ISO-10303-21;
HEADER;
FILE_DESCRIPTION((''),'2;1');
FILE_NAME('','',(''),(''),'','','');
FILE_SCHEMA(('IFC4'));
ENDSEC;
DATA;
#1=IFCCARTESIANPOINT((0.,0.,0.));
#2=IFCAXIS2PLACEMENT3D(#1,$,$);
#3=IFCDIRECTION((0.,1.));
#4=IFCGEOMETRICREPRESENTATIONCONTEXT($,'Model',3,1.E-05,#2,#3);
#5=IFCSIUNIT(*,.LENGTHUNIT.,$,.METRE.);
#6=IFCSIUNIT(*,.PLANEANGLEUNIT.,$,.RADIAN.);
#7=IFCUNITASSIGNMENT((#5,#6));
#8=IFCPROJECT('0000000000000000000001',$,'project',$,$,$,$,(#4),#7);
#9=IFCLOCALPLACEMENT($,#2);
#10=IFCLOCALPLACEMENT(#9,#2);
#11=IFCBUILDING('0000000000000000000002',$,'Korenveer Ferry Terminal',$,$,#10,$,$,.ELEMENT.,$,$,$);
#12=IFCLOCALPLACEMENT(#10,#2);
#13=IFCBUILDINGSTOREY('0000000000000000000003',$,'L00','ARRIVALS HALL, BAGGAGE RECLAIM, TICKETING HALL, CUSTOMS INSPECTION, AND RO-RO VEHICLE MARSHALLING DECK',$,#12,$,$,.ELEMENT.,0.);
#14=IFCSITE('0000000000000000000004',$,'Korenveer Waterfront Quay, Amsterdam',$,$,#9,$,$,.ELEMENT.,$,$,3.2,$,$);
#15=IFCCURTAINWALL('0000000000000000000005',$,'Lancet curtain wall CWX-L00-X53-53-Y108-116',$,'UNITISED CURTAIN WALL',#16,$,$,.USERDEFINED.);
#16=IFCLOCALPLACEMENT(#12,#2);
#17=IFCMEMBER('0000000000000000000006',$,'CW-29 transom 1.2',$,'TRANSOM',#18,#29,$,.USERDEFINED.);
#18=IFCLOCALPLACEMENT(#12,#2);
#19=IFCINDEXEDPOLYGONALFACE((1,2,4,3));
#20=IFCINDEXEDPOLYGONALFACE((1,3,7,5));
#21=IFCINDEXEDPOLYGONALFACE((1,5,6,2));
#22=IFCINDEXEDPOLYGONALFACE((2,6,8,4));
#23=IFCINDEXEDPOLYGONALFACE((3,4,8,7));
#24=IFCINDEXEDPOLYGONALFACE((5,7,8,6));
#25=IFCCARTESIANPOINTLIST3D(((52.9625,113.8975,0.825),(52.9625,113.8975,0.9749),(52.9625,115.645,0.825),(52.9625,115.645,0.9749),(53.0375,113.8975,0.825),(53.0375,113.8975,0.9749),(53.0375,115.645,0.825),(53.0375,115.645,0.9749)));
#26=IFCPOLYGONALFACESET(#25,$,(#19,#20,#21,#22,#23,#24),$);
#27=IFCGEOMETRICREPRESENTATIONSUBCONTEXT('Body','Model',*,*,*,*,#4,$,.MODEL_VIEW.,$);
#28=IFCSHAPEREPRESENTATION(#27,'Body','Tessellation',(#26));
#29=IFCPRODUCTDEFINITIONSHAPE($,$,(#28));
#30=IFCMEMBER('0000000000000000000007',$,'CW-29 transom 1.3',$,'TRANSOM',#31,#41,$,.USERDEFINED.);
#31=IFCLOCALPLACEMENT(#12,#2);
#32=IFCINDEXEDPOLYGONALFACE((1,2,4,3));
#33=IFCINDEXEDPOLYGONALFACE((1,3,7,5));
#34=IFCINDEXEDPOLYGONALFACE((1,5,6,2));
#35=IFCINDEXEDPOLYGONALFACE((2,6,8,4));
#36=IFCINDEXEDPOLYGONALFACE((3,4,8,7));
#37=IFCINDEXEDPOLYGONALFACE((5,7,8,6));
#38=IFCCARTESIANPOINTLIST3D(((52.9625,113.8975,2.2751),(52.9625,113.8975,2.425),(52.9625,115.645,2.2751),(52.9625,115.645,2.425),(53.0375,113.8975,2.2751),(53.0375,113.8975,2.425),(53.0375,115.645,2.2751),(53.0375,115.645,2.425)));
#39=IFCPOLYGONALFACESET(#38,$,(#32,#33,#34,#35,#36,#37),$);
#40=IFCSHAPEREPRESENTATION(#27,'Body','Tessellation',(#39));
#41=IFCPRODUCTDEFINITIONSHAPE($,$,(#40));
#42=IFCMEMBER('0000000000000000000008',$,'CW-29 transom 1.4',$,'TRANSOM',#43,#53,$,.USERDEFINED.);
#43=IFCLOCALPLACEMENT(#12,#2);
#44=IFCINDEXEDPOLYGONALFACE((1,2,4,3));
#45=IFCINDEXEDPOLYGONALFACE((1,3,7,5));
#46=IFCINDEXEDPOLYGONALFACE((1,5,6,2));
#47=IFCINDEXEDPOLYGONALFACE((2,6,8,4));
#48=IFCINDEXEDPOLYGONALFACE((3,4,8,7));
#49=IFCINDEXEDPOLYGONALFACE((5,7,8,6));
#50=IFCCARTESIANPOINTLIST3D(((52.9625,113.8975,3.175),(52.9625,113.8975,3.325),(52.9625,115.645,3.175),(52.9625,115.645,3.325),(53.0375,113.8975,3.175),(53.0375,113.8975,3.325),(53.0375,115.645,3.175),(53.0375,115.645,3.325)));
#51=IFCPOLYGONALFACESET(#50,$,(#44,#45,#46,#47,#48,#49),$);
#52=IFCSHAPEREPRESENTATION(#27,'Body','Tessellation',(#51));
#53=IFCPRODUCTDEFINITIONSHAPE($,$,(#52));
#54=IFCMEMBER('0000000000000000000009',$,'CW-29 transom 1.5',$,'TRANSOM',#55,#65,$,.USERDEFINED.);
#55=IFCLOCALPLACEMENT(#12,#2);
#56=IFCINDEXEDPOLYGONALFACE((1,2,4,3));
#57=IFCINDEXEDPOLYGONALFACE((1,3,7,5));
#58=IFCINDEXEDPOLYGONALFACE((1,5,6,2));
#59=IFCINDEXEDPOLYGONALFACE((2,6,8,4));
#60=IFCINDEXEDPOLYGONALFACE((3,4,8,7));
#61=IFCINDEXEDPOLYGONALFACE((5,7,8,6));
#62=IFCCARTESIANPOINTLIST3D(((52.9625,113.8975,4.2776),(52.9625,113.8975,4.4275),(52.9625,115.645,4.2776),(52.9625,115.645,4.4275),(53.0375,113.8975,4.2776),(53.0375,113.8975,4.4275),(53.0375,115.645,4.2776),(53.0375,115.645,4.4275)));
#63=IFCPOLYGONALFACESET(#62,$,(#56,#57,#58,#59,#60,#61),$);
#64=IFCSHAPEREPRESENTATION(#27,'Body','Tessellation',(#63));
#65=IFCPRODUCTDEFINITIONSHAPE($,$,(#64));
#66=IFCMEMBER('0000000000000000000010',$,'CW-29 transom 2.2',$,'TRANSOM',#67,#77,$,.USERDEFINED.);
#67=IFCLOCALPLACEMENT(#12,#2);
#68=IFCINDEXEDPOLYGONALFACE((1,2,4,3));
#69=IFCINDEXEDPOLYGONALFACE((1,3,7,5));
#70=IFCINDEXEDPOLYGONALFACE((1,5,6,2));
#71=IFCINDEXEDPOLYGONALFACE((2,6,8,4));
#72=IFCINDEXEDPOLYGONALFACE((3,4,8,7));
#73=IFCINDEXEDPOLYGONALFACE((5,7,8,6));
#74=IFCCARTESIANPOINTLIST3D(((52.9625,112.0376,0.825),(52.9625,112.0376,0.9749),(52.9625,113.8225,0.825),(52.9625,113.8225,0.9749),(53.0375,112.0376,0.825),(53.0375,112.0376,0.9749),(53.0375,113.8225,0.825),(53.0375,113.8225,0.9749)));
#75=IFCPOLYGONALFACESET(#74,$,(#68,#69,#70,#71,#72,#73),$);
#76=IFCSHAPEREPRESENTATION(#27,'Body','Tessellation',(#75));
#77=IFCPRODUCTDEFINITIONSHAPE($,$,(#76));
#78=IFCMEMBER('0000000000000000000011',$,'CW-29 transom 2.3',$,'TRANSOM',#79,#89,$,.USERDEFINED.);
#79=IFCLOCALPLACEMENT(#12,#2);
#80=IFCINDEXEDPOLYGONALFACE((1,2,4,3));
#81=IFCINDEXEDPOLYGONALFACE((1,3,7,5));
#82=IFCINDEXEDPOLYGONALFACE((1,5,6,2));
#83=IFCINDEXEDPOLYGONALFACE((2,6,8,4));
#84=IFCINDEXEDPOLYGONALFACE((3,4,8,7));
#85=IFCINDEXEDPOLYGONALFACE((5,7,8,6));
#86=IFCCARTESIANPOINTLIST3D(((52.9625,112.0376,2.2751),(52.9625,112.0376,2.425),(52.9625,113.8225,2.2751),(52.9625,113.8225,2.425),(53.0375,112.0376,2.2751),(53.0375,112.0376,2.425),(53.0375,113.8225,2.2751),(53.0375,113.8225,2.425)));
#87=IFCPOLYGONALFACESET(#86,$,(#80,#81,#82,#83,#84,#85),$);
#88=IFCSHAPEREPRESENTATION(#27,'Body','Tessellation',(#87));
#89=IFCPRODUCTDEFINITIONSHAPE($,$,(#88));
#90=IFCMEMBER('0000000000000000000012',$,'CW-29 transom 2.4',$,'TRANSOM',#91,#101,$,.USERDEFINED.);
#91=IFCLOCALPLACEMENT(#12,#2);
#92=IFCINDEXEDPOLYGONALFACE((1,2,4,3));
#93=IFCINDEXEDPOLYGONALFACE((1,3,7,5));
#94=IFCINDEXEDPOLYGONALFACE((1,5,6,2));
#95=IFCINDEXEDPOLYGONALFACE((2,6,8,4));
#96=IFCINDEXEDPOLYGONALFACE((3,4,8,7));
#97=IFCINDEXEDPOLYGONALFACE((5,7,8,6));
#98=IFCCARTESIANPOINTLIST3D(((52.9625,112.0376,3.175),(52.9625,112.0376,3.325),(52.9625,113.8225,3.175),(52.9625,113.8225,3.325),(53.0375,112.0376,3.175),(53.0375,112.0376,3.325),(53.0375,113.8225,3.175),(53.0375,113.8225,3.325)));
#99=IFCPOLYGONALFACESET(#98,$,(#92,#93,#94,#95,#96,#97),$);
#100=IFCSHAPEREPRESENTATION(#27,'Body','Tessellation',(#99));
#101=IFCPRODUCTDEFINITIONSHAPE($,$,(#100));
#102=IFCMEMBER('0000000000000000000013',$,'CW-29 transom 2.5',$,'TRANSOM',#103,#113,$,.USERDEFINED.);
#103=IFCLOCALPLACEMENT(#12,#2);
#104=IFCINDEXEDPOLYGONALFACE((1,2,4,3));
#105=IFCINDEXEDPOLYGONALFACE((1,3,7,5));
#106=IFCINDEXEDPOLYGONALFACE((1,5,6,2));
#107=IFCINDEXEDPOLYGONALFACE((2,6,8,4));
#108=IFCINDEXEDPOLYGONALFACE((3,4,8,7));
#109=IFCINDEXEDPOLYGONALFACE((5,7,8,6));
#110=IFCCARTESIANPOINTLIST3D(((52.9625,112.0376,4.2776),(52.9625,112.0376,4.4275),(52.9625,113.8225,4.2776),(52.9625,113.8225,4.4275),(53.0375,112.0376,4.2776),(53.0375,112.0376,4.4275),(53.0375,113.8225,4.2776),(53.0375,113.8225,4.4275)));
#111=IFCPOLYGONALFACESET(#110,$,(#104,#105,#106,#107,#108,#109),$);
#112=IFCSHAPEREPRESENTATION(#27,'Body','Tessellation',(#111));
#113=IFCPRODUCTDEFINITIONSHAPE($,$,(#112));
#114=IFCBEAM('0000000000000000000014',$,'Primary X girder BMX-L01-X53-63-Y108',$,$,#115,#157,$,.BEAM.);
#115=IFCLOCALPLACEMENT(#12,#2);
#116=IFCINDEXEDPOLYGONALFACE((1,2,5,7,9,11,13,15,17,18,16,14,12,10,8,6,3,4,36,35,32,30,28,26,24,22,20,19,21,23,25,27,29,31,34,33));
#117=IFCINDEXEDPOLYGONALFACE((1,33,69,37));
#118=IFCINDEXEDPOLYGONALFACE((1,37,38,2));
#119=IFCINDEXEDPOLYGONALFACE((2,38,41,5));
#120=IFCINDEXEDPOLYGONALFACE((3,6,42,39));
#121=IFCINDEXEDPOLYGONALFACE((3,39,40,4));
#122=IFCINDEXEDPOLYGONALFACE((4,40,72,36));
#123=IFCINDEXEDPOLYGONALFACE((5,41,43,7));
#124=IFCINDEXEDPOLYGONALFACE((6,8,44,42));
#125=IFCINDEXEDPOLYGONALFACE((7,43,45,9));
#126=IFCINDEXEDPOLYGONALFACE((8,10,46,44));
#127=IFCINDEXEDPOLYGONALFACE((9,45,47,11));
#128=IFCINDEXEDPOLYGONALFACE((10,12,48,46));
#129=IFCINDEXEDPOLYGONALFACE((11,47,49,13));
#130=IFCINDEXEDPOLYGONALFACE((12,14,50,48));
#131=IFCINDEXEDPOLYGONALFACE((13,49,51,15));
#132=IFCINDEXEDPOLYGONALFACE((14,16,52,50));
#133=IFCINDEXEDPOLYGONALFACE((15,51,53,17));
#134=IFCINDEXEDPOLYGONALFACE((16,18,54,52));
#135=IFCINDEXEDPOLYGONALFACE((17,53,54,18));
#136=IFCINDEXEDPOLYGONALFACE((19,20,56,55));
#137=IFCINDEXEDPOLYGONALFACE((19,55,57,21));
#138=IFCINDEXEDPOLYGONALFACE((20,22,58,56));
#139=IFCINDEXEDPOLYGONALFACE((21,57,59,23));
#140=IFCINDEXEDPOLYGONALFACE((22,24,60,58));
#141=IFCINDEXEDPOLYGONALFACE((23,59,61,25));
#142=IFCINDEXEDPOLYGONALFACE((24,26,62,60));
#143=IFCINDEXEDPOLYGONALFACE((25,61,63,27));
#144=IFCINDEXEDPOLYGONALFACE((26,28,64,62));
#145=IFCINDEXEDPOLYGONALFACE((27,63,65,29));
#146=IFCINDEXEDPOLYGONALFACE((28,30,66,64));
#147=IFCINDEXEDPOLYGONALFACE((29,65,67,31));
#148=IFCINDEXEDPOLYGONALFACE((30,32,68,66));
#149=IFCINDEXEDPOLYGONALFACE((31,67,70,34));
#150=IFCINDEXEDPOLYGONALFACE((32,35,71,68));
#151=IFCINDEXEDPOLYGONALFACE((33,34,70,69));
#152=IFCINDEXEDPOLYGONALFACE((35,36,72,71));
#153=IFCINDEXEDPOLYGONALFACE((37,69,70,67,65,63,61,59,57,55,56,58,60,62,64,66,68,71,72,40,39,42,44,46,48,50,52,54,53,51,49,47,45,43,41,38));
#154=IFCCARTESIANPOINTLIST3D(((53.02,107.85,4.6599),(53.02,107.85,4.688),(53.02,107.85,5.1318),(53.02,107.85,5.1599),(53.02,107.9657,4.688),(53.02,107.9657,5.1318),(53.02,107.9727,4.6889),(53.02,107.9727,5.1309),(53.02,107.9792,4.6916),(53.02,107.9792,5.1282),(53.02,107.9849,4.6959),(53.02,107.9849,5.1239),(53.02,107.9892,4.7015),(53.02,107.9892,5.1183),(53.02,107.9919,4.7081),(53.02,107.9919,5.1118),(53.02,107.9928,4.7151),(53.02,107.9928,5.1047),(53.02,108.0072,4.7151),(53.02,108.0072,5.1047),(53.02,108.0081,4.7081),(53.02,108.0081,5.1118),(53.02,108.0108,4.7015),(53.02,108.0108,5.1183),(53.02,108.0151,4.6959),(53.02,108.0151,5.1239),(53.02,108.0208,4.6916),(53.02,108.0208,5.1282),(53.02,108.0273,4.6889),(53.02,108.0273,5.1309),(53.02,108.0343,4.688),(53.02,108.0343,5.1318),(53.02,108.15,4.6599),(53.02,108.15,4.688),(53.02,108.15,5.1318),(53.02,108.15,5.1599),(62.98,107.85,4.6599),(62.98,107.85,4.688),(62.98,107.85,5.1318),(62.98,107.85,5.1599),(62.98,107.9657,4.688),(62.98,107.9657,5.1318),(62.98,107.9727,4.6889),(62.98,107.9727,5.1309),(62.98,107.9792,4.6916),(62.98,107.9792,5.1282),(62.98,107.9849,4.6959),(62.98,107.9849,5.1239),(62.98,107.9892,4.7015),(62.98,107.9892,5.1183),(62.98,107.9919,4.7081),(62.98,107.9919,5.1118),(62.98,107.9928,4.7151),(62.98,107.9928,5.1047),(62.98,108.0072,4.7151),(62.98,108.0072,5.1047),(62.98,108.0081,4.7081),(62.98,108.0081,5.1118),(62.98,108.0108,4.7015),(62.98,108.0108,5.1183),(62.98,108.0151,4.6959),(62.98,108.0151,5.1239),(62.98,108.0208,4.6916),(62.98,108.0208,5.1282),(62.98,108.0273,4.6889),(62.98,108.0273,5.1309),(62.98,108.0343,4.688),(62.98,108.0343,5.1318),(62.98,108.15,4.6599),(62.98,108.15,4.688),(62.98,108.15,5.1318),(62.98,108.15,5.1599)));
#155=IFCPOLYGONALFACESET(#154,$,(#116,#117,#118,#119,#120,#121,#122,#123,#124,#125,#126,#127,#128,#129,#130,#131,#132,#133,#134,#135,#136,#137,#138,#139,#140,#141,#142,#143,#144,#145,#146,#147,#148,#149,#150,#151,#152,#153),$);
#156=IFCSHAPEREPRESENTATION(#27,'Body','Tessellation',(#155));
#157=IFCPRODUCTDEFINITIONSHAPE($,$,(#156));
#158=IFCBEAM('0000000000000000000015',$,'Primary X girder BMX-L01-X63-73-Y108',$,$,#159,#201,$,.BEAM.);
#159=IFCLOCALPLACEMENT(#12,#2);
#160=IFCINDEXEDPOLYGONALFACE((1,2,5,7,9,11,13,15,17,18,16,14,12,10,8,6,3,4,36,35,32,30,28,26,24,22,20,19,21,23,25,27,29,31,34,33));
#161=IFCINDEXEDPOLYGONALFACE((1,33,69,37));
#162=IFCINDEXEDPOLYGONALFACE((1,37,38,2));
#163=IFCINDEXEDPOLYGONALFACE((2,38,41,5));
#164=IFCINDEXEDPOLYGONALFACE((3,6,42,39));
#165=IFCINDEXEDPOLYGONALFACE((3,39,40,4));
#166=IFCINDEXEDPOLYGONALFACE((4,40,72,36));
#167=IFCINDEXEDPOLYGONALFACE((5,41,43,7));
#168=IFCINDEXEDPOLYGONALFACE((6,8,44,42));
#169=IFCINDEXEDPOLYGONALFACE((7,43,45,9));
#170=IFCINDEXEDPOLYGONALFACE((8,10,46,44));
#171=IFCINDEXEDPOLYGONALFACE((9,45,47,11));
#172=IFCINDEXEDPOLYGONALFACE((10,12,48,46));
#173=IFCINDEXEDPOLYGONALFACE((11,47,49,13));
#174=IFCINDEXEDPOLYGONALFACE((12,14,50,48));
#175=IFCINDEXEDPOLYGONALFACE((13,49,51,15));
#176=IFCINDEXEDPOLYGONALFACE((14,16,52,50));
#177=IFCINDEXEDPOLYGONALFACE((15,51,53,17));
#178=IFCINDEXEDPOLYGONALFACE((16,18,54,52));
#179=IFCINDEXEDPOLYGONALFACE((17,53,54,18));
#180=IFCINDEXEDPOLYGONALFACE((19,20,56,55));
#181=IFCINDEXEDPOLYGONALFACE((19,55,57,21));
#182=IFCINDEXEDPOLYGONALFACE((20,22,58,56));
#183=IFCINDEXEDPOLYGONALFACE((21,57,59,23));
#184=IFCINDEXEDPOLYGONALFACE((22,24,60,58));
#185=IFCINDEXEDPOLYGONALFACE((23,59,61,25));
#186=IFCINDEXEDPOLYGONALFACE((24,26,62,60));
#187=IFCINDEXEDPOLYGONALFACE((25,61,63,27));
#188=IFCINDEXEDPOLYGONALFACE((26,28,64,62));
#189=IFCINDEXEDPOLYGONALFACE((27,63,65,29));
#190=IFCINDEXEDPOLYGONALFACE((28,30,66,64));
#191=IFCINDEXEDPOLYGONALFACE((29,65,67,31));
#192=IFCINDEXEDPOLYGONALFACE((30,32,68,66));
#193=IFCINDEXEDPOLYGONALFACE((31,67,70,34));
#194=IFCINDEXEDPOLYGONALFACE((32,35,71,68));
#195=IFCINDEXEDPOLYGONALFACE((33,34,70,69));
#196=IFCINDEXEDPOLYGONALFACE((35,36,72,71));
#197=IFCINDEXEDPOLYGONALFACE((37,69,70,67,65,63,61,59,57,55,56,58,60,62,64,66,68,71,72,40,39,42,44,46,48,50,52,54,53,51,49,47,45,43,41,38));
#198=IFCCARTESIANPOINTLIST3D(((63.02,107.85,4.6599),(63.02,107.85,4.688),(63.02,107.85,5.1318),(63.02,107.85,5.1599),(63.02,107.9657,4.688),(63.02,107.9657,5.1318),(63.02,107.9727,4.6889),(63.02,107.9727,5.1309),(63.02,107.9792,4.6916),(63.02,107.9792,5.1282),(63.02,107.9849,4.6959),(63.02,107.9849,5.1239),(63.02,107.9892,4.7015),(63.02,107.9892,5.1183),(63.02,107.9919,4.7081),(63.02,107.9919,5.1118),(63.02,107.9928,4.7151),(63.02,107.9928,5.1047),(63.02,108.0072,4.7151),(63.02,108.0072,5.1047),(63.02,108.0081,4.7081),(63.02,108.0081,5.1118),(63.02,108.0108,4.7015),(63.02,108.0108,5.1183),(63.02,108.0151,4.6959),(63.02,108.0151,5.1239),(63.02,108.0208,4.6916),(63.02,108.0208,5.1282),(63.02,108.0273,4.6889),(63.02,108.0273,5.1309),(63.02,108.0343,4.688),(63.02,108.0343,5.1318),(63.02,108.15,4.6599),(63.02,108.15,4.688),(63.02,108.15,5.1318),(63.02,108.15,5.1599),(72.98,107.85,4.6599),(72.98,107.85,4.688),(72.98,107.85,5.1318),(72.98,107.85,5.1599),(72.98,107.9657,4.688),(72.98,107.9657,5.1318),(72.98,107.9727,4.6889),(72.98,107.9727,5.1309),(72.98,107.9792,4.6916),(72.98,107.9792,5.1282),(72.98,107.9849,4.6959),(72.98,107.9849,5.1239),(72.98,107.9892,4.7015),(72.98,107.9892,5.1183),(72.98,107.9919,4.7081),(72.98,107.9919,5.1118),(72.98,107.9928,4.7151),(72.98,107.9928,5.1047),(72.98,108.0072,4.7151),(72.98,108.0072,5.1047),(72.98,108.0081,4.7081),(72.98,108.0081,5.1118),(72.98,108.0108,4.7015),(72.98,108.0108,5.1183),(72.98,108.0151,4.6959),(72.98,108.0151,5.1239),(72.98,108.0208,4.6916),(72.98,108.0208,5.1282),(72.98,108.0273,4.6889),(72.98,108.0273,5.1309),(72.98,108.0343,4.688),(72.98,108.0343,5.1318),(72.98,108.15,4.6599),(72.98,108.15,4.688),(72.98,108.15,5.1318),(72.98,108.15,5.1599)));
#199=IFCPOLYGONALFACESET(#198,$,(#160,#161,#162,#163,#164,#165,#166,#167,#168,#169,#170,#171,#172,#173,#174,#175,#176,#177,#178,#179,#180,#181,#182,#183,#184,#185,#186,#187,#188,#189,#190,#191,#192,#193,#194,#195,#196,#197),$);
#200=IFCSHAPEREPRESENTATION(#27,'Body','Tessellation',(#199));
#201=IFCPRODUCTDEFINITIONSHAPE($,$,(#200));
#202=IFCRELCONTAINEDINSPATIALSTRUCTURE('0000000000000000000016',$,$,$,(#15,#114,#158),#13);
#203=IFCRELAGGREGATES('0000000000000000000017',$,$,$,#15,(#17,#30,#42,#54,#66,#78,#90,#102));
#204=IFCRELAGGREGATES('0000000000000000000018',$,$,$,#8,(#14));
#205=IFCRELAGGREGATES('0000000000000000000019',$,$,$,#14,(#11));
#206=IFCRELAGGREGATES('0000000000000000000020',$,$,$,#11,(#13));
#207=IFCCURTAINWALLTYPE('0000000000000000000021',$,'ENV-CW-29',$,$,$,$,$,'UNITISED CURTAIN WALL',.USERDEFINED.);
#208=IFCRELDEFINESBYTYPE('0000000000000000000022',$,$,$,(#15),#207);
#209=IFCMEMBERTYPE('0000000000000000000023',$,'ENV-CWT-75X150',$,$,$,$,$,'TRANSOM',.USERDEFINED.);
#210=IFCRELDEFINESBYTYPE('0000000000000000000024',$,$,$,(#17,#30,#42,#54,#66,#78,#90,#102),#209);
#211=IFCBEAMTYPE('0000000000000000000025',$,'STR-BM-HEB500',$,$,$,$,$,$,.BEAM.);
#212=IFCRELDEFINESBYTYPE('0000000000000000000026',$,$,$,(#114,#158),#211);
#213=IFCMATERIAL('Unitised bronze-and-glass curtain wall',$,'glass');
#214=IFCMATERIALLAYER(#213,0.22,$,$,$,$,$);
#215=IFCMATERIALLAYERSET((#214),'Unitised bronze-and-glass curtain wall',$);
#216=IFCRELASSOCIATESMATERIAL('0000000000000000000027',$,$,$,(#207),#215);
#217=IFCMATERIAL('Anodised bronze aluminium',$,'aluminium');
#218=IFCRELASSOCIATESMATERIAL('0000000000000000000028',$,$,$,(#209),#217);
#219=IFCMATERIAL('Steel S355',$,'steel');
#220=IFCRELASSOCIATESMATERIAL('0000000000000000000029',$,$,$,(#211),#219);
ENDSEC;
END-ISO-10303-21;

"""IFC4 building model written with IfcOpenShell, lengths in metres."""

from ifc_helpers import new_model, si_unit, direction, frame, origin, origin_2d, place, context, subcontext, project, spatial, rectangle, i_section, extrude, material, layer, layer_set, material_profile, profile_set, type_object, element, aggregate, save


model = new_model("IFC4")

# Units and contexts
model_context = context("Model", 3, precision=1e-05, world=origin(), true_north=direction((0.0, 1.0)))
body_context = subcontext(model_context, "Body", "Model", "MODEL_VIEW")
ifc_project = project(units=[si_unit("LENGTHUNIT", "METRE"), si_unit("PLANEANGLEUNIT", "RADIAN")], contexts=[model_context])

# Site, building, storey
site_placement = place(None, origin())
site = spatial("IfcSite", under=ifc_project, at=site_placement, Name="Korenveer Waterfront Quay, Amsterdam", CompositionType="ELEMENT", RefElevation=3.2)
building_placement = place(site_placement, origin())
building = spatial("IfcBuilding", under=site, at=building_placement, Name="Korenveer Ferry Terminal", CompositionType="ELEMENT")
storey_placement = place(building_placement, origin())
storey = spatial("IfcBuildingStorey", under=building, at=storey_placement, Name="L00", Description="ARRIVALS HALL, BAGGAGE RECLAIM, TICKETING HALL, CUSTOMS INSPECTION, AND RO-RO VEHICLE MARSHALLING DECK", CompositionType="ELEMENT", Elevation=0.0)

# Curtain wall, members
ifc_material_1 = material(Name="Unitised bronze-and-glass curtain wall", Category="glass")
ifc_layer_1 = layer(ifc_material_1, 0.22)
ifc_layer_set_1 = layer_set([ifc_layer_1], Name="Unitised bronze-and-glass curtain wall")
curtain_wall_type = type_object("IfcCurtainWallType", Name="ENV-CW-29", ElementType="UNITISED CURTAIN WALL", PredefinedType="USERDEFINED", material=ifc_layer_set_1)
curtain_wall_placement = place(storey_placement, frame((53.0, 115.72, 0.0)))
curtain_wall = element("IfcCurtainWall", 1, at=curtain_wall_placement, inside=storey, type_object=curtain_wall_type, Name="Lancet curtain wall CWX-L00-X53-53-Y108-116", ObjectType="UNITISED CURTAIN WALL", PredefinedType="USERDEFINED")
ifc_material_2 = material(Name="Anodised bronze aluminium", Category="aluminium")
ifc_material_profile_1 = material_profile(ifc_material_2, rectangle(XDim=0.075, YDim=0.1499, at=origin_2d()), Name="ALU 75x150")
ifc_profile_set_1 = profile_set([ifc_material_profile_1], Name="Anodised bronze aluminium")
member_type_1 = type_object("IfcMemberType", Name="ENV-CWT-75X150", ElementType="TRANSOM", PredefinedType="USERDEFINED", material=ifc_profile_set_1)
member_1_placement = place(storey_placement, frame((53.0, 115.645, 0.8999), z_axis=(0.0, -1.0, 0.0), x_axis=(1.0, 0.0, 0.0)))
member_1 = element("IfcMember", 2, at=member_1_placement, type_object=member_type_1, Name="CW-29 transom 1.2", ObjectType="TRANSOM", PredefinedType="USERDEFINED", context=body_context, shape_type="SweptSolid", body=[
    extrude(rectangle(XDim=0.075, YDim=0.1499, at=origin_2d()), origin(), (0.0, 0.0, 1.0), 1.7476),
])
member_2_placement = place(storey_placement, frame((53.0, 115.645, 2.3501), z_axis=(0.0, -1.0, 0.0), x_axis=(1.0, 0.0, 0.0)))
member_2 = element("IfcMember", 3, at=member_2_placement, type_object=member_type_1, Name="CW-29 transom 1.3", ObjectType="TRANSOM", PredefinedType="USERDEFINED", context=body_context, shape_type="SweptSolid", body=[
    extrude(rectangle(XDim=0.075, YDim=0.1499, at=origin_2d()), origin(), (0.0, 0.0, 1.0), 1.7476),
])
member_3_placement = place(storey_placement, frame((53.0, 115.645, 3.25), z_axis=(0.0, -1.0, 0.0), x_axis=(1.0, 0.0, 0.0)))
member_3 = element("IfcMember", 4, at=member_3_placement, type_object=member_type_1, Name="CW-29 transom 1.4", ObjectType="TRANSOM", PredefinedType="USERDEFINED", context=body_context, shape_type="SweptSolid", body=[
    extrude(rectangle(XDim=0.075, YDim=0.1499, at=origin_2d()), origin(), (0.0, 0.0, 1.0), 1.7476),
])
member_4_placement = place(storey_placement, frame((53.0, 115.645, 4.3525), z_axis=(0.0, -1.0, 0.0), x_axis=(1.0, 0.0, 0.0)))
member_4 = element("IfcMember", 5, at=member_4_placement, type_object=member_type_1, Name="CW-29 transom 1.5", ObjectType="TRANSOM", PredefinedType="USERDEFINED", context=body_context, shape_type="SweptSolid", body=[
    extrude(rectangle(XDim=0.075, YDim=0.1499, at=origin_2d()), origin(), (0.0, 0.0, 1.0), 1.7476),
])
member_5_placement = place(storey_placement, frame((53.0, 113.8225, 0.8999), z_axis=(0.0, -1.0, 0.0), x_axis=(1.0, 0.0, 0.0)))
member_5 = element("IfcMember", 6, at=member_5_placement, type_object=member_type_1, Name="CW-29 transom 2.2", ObjectType="TRANSOM", PredefinedType="USERDEFINED", context=body_context, shape_type="SweptSolid", body=[
    extrude(rectangle(XDim=0.075, YDim=0.1499, at=origin_2d()), origin(), (0.0, 0.0, 1.0), 1.7849),
])
member_6_placement = place(storey_placement, frame((53.0, 113.8225, 2.3501), z_axis=(0.0, -1.0, 0.0), x_axis=(1.0, 0.0, 0.0)))
member_6 = element("IfcMember", 7, at=member_6_placement, type_object=member_type_1, Name="CW-29 transom 2.3", ObjectType="TRANSOM", PredefinedType="USERDEFINED", context=body_context, shape_type="SweptSolid", body=[
    extrude(rectangle(XDim=0.075, YDim=0.1499, at=origin_2d()), origin(), (0.0, 0.0, 1.0), 1.7849),
])
member_7_placement = place(storey_placement, frame((53.0, 113.8225, 3.25), z_axis=(0.0, -1.0, 0.0), x_axis=(1.0, 0.0, 0.0)))
member_7 = element("IfcMember", 8, at=member_7_placement, type_object=member_type_1, Name="CW-29 transom 2.4", ObjectType="TRANSOM", PredefinedType="USERDEFINED", context=body_context, shape_type="SweptSolid", body=[
    extrude(rectangle(XDim=0.075, YDim=0.1499, at=origin_2d()), origin(), (0.0, 0.0, 1.0), 1.7849),
])
member_8_placement = place(storey_placement, frame((53.0, 113.8225, 4.3525), z_axis=(0.0, -1.0, 0.0), x_axis=(1.0, 0.0, 0.0)))
member_8 = element("IfcMember", 9, at=member_8_placement, type_object=member_type_1, Name="CW-29 transom 2.5", ObjectType="TRANSOM", PredefinedType="USERDEFINED", context=body_context, shape_type="SweptSolid", body=[
    extrude(rectangle(XDim=0.075, YDim=0.1499, at=origin_2d()), origin(), (0.0, 0.0, 1.0), 1.7849),
])

# Beams
ifc_material_3 = material(Name="Steel S355", Category="steel")
ifc_material_profile_2 = material_profile(ifc_material_3, i_section(OverallWidth=0.3, OverallDepth=0.5, WebThickness=0.0144, FlangeThickness=0.0281, FilletRadius=0.0271, at=origin_2d()), Name="HEB 500")
ifc_profile_set_2 = profile_set([ifc_material_profile_2], Name="Steel S355")
beam_type_1 = type_object("IfcBeamType", Name="STR-BM-HEB500", PredefinedType="BEAM", material=ifc_profile_set_2)
for number, where, z_axis, x_axis, name in (
    (10, (53.02, 108.0, 4.9099), (1.0, 0.0, 0.0), (0.0, 1.0, 0.0), "Primary X girder BMX-L01-X53-63-Y108"),
    (11, (63.02, 108.0, 4.9099), (1.0, 0.0, 0.0), (0.0, 1.0, 0.0), "Primary X girder BMX-L01-X63-73-Y108"),
):
    element("IfcBeam", number, at=place(storey_placement, frame(where, z_axis=z_axis, x_axis=x_axis)), inside=storey, type_object=beam_type_1, Name=name, PredefinedType="BEAM", context=body_context, shape_type="SweptSolid", body=[
        extrude(i_section(OverallWidth=0.3, OverallDepth=0.5, WebThickness=0.0144, FlangeThickness=0.0281, FilletRadius=0.0271, at=origin_2d()), origin(), (0.0, 0.0, 1.0), 9.96),
    ])

aggregate(curtain_wall, [member_1, member_2, member_3, member_4, member_5, member_6, member_7, member_8])

save(model, "model.ifc")
